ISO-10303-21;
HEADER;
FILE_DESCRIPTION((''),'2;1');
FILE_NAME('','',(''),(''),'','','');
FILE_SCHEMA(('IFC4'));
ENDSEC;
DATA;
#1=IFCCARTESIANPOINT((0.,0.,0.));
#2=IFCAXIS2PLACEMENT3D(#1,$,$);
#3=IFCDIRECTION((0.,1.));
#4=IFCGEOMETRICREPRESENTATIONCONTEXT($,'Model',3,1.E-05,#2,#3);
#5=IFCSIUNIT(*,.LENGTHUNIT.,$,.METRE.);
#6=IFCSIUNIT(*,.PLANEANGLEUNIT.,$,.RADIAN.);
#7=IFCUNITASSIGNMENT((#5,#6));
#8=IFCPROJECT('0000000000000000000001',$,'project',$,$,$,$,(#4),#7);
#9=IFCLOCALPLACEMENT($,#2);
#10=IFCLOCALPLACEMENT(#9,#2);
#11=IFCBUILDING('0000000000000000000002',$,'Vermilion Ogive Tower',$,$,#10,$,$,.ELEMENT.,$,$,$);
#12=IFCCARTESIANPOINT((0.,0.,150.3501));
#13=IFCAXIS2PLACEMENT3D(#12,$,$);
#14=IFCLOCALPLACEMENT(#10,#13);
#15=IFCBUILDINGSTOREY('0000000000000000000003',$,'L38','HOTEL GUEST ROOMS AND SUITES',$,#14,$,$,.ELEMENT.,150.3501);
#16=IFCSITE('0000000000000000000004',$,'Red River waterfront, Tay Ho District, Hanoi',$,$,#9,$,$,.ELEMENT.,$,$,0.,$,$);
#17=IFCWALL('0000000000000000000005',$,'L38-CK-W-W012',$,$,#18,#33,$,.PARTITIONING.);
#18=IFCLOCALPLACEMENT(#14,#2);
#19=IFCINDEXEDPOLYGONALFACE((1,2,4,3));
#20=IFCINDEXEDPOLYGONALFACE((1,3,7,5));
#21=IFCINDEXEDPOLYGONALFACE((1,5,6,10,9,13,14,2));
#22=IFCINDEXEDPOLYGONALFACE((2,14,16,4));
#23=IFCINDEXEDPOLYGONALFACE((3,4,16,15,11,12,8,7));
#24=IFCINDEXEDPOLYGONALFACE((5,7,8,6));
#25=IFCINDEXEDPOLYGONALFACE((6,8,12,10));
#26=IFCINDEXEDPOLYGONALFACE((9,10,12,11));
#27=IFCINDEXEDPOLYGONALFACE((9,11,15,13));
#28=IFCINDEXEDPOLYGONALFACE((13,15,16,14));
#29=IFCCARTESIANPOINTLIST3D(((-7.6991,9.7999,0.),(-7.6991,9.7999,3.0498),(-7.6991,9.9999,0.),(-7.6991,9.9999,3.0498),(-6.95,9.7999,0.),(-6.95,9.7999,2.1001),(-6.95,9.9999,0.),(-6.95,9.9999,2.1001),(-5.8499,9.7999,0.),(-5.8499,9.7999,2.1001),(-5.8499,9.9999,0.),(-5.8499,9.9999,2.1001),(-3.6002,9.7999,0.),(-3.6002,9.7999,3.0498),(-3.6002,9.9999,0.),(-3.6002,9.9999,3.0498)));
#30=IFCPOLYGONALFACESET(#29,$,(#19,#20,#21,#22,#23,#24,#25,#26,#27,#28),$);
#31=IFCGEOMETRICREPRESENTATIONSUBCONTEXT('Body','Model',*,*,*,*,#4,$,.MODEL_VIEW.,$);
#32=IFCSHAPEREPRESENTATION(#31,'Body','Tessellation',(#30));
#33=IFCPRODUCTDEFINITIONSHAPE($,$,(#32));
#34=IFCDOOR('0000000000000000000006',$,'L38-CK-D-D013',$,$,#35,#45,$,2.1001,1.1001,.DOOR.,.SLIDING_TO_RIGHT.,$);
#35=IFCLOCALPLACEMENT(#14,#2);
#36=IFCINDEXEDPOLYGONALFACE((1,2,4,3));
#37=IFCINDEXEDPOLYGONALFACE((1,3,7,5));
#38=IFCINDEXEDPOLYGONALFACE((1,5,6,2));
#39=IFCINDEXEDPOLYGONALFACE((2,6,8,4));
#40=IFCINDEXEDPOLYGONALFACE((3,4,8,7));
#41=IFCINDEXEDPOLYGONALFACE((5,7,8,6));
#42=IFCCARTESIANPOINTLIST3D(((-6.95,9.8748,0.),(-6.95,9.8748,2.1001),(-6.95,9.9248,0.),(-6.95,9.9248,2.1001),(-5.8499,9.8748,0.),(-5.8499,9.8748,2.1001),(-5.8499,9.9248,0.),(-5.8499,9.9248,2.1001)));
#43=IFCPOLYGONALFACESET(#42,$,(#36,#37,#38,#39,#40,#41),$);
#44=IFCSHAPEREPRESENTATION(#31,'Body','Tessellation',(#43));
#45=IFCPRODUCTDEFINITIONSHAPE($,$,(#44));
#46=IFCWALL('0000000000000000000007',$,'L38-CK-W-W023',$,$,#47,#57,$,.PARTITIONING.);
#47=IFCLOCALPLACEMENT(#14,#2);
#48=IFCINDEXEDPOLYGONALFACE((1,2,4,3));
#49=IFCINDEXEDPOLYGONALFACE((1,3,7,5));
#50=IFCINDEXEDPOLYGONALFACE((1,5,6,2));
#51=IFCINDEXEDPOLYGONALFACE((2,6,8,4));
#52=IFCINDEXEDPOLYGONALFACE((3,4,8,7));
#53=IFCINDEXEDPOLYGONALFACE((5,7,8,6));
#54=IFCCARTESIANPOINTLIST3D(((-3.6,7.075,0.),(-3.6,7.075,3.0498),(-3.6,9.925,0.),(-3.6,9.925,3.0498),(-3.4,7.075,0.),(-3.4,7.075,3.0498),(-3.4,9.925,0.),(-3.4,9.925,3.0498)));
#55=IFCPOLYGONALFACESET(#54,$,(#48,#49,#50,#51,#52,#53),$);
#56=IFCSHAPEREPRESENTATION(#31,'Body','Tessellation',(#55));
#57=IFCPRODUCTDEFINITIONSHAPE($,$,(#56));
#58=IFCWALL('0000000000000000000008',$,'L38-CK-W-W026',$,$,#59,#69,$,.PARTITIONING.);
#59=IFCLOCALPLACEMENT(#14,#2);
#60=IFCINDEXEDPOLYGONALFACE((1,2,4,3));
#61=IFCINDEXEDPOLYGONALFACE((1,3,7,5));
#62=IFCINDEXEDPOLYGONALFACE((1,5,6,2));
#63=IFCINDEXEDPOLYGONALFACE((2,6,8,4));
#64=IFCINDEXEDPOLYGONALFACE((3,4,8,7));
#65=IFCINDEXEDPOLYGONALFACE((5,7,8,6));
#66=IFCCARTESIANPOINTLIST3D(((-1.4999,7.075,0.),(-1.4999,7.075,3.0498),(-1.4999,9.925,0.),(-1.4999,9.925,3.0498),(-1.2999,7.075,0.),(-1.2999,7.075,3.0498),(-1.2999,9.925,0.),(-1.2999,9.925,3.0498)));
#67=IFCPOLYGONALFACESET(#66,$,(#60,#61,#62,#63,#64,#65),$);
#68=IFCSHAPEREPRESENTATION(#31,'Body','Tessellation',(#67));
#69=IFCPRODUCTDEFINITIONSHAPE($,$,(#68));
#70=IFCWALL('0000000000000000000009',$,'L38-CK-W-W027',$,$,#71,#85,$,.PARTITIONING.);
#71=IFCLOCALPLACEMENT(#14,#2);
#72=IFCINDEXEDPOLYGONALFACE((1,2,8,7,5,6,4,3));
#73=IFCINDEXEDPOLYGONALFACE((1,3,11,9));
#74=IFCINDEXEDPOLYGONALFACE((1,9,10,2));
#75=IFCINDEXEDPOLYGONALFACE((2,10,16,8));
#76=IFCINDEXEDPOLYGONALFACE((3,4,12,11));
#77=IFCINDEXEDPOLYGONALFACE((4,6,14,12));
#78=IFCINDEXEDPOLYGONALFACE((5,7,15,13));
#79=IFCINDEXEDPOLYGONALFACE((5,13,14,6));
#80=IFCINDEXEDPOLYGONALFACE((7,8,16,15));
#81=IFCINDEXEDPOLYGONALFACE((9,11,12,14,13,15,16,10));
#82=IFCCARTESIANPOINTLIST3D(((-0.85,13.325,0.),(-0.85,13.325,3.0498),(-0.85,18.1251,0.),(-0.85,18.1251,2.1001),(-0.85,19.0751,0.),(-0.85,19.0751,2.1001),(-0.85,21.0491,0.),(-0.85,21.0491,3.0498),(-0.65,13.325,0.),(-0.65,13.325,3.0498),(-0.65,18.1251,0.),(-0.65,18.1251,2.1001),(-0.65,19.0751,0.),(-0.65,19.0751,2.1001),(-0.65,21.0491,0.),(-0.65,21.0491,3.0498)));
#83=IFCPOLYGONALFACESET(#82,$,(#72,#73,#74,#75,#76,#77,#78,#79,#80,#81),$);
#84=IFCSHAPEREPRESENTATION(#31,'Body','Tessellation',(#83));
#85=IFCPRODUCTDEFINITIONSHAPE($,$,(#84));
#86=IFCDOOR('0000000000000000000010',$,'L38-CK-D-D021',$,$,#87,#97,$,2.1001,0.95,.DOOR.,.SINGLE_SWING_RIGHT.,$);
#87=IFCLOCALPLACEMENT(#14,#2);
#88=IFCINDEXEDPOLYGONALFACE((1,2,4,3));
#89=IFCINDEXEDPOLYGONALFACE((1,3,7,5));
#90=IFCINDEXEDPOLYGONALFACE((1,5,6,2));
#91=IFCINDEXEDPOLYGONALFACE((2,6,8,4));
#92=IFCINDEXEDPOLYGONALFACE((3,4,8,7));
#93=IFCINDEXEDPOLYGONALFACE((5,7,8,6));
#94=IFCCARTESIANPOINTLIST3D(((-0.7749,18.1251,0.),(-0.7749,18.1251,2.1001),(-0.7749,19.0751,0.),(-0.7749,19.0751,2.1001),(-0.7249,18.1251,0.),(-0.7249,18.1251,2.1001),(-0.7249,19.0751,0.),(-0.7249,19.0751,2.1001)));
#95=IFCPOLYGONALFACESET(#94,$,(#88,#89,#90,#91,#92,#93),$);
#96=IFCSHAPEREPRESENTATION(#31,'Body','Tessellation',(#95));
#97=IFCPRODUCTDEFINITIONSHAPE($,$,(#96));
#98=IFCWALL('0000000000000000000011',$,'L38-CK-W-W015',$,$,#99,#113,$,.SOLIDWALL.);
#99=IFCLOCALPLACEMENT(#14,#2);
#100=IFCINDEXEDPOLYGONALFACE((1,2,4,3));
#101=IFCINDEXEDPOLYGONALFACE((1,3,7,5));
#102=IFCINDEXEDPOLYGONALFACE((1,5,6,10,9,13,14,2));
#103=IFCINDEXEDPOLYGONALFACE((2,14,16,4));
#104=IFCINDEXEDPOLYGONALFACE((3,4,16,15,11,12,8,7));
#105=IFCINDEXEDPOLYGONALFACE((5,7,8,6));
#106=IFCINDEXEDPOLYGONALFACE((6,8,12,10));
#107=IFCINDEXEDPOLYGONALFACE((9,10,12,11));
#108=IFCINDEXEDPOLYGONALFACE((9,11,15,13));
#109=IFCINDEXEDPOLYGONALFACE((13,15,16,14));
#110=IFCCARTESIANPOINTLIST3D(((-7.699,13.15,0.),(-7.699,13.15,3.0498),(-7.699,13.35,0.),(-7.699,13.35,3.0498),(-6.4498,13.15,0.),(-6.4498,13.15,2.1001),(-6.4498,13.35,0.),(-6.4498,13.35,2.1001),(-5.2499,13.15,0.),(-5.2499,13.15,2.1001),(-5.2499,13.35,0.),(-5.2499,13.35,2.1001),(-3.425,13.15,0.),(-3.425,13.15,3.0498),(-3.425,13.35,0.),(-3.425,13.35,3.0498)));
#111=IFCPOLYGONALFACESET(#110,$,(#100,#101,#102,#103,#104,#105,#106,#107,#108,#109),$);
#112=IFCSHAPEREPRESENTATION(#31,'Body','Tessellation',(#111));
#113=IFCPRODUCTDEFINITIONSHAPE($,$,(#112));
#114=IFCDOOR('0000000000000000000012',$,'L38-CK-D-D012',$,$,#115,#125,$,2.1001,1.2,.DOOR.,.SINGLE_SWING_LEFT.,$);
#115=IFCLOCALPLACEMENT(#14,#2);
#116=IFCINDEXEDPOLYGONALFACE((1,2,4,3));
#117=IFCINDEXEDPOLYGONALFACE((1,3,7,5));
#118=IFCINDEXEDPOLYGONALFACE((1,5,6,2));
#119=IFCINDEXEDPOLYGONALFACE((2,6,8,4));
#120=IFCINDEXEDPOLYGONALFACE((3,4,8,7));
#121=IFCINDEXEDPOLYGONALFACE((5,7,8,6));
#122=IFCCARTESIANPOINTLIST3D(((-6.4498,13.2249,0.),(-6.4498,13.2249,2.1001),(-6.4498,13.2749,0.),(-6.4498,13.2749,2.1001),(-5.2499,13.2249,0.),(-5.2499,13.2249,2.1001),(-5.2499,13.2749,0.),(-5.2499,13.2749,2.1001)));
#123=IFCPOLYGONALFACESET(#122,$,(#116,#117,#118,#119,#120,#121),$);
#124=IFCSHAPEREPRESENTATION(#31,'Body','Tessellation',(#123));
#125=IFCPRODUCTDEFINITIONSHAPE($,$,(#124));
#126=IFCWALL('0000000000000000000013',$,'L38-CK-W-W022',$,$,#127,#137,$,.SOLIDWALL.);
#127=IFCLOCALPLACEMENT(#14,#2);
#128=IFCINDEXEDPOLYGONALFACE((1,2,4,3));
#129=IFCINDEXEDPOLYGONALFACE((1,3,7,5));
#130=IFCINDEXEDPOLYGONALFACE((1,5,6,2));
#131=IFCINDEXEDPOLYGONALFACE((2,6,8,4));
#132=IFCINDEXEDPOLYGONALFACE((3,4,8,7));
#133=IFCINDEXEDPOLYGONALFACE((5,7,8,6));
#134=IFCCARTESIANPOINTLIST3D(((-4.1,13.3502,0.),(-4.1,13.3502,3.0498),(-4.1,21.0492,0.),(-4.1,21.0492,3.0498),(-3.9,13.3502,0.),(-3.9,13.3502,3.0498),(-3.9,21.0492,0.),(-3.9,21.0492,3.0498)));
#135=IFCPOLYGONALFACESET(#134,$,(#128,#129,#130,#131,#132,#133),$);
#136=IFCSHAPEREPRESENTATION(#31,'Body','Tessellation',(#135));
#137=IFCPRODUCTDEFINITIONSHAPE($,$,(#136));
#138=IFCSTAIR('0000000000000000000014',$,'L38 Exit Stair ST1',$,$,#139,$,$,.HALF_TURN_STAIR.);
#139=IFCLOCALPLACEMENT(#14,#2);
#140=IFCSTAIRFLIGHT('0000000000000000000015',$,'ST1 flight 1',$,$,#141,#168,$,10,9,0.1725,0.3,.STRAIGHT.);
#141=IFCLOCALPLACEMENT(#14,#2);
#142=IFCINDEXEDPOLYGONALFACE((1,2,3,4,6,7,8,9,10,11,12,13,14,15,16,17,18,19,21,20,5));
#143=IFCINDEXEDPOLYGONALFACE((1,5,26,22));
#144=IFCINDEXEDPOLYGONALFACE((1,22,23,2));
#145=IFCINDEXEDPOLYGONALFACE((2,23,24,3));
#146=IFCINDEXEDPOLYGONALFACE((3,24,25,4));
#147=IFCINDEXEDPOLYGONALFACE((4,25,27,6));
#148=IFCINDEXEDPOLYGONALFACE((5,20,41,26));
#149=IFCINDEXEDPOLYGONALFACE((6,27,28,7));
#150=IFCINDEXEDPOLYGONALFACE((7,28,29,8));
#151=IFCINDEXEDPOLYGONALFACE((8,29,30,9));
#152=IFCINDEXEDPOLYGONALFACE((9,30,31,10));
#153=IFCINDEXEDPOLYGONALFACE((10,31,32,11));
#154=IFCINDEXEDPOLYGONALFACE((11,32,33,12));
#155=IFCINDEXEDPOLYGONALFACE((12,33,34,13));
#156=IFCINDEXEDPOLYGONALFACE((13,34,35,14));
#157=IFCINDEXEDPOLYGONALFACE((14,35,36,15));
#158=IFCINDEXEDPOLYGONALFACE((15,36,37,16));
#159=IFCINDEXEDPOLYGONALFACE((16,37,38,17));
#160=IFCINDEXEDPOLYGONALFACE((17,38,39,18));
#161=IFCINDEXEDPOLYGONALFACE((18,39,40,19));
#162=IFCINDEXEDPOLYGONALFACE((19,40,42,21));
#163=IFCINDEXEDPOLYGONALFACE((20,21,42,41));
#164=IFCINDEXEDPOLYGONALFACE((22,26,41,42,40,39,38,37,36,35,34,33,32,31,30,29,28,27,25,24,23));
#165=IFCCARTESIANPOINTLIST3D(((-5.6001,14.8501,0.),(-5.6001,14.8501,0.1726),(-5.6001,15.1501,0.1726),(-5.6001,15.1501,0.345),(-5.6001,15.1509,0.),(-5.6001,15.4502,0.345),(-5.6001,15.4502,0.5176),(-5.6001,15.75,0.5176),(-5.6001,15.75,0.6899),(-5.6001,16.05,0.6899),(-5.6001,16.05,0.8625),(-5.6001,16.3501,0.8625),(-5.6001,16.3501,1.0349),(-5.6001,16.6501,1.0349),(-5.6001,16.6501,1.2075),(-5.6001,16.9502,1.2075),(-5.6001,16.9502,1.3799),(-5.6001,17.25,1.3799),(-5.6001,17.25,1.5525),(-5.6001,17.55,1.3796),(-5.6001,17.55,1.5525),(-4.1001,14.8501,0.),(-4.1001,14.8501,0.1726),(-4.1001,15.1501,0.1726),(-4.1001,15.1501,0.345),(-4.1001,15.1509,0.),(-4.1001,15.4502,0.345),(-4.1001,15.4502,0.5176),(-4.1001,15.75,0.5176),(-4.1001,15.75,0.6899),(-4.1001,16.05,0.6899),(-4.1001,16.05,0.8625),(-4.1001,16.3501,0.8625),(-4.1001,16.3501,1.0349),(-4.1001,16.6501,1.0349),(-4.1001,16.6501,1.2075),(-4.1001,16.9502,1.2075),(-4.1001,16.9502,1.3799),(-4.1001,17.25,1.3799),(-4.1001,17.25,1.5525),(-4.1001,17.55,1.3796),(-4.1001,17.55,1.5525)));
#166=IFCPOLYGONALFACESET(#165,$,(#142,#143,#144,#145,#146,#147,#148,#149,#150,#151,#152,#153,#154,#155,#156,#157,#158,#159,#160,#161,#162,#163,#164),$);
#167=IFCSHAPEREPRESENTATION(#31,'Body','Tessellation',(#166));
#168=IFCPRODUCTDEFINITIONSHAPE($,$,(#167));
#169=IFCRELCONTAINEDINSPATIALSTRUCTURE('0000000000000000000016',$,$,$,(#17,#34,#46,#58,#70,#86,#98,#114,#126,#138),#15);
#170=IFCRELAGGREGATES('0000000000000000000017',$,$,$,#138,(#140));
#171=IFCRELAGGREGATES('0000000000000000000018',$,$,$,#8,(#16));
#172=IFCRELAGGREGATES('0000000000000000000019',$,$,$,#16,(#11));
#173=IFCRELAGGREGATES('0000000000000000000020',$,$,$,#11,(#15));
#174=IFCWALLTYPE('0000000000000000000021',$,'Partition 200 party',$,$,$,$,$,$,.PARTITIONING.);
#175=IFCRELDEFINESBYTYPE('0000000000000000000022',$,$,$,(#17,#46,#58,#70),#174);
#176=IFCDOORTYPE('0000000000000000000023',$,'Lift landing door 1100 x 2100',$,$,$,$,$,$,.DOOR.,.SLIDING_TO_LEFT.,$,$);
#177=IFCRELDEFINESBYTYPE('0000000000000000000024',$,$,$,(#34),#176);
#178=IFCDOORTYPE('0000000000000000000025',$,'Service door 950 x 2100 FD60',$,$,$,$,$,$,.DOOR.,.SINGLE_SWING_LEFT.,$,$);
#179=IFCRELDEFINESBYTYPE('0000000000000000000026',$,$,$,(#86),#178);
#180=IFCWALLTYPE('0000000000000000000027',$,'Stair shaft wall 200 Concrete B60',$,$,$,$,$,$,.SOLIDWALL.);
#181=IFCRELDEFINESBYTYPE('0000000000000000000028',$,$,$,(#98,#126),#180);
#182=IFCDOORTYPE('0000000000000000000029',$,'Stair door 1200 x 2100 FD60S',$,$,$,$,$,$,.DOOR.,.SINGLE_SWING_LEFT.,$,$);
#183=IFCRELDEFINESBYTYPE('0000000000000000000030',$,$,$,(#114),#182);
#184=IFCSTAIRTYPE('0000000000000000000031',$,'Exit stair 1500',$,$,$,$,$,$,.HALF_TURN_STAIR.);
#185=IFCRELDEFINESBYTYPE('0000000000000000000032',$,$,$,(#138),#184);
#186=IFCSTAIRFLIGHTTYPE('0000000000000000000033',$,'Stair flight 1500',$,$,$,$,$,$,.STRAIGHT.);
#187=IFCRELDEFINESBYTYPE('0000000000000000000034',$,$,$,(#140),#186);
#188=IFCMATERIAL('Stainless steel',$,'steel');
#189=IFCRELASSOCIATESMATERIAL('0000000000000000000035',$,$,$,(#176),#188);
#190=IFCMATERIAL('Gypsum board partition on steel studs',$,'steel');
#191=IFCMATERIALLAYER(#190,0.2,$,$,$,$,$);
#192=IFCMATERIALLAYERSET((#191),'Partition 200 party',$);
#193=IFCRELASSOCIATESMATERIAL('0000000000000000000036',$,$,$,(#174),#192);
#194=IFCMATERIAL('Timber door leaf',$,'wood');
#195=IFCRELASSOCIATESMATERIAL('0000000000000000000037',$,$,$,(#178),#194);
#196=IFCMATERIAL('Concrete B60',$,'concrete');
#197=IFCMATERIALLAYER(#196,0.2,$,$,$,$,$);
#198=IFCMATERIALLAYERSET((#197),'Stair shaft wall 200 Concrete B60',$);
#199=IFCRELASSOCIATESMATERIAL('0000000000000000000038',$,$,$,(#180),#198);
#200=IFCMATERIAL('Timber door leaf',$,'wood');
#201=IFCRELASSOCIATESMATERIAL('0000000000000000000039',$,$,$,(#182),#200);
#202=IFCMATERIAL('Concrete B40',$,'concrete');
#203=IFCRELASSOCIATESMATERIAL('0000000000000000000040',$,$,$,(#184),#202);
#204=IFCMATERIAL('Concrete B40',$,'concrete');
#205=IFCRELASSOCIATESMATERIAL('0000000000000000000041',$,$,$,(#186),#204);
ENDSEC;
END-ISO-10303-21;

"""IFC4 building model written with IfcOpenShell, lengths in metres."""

from ifc_helpers import new_model, si_unit, direction, frame, frame_2d, origin, place, context, subcontext, project, spatial, polyline, rectangle, outline, extrude, material, layer, layer_set, type_object, element, fill, aggregate, save


model = new_model("IFC4")

# Units and contexts
model_context = context("Model", 3, precision=1e-05, world=origin(), true_north=direction((0.0, 1.0)))
body_context = subcontext(model_context, "Body", "Model", "MODEL_VIEW")
ifc_project = project(units=[si_unit("LENGTHUNIT", "METRE"), si_unit("PLANEANGLEUNIT", "RADIAN")], contexts=[model_context])

# Site, building, storey
site_placement = place(None, origin())
site = spatial("IfcSite", under=ifc_project, at=site_placement, Name="Red River waterfront, Tay Ho District, Hanoi", CompositionType="ELEMENT", RefElevation=0.0)
building_placement = place(site_placement, origin())
building = spatial("IfcBuilding", under=site, at=building_placement, Name="Vermilion Ogive Tower", CompositionType="ELEMENT")
storey_placement = place(building_placement, frame((0.0, 0.0, 150.3501)))
storey = spatial("IfcBuildingStorey", under=building, at=storey_placement, Name="L38", Description="HOTEL GUEST ROOMS AND SUITES", CompositionType="ELEMENT", Elevation=150.3501)

# Shared definitions
ifc_material_1 = material(Name="Stainless steel", Category="steel")
door_type_1 = type_object("IfcDoorType", Name="Lift landing door 1100 x 2100", OperationType="SLIDING_TO_LEFT", PredefinedType="DOOR", material=ifc_material_1)

# Wall, opening, door
ifc_material_2 = material(Name="Gypsum board partition on steel studs", Category="steel")
ifc_layer_1 = layer(ifc_material_2, 0.2)
ifc_layer_set_1 = layer_set([ifc_layer_1], Name="Partition 200 party")
wall_type_1 = type_object("IfcWallType", Name="Partition 200 party", PredefinedType="PARTITIONING", material=ifc_layer_set_1)
wall_1_placement = place(storey_placement, frame((-7.699, 9.8999, 0.0), z_axis=(0.0, 0.0, 1.0), x_axis=(1.0, 0.0, 0.0)))
wall_1 = element("IfcWall", 1, at=wall_1_placement, inside=storey, type_object=wall_type_1, Name="L38-CK-W-W012", PredefinedType="PARTITIONING", context=body_context, shape_type="SweptSolid", body=[
    extrude(rectangle(XDim=4.0989, YDim=0.2, at=frame_2d((2.0493, 0.0))), origin(), (0.0, 0.0, 1.0), 3.0498),
])
opening_1_placement = place(wall_1_placement, frame((0.749, 0.0, 0.0)))
opening_1 = element("IfcOpeningElement", 2, at=opening_1_placement, cuts=wall_1, PredefinedType="OPENING", context=body_context, shape_type="SweptSolid", body=[
    extrude(rectangle(XDim=1.1001, YDim=2.1001, at=frame_2d((0.55, 1.05))), frame((0.0, 0.1099, 0.0), z_axis=(0.0, -1.0, 0.0), x_axis=(1.0, 0.0, 0.0)), (0.0, 0.0, 1.0), 0.22),
])
door_1_placement = place(opening_1_placement, origin())
door_1 = element("IfcDoor", 3, at=door_1_placement, inside=storey, type_object=door_type_1, Name="L38-CK-D-D013", OperationType="SLIDING_TO_RIGHT", OverallHeight=2.1001, OverallWidth=1.1001, PredefinedType="DOOR", context=body_context, shape_type="SweptSolid", body=[
    extrude(rectangle(XDim=1.1001, YDim=2.1001, at=frame_2d((0.55, 1.05))), frame((0.0, 0.0249, 0.0), z_axis=(0.0, -1.0, 0.0), x_axis=(1.0, 0.0, 0.0)), (0.0, 0.0, 1.0), 0.05),
])
fill(opening_1, door_1)

# Walls
for number, where, z_axis, x_axis, name in (
    (4, (-3.5, 7.075, 0.0), (0.0, 0.0, 1.0), (0.0, 1.0, 0.0), "L38-CK-W-W023"),
    (5, (-1.3999, 7.075, 0.0), (0.0, 0.0, 1.0), (0.0, 1.0, 0.0), "L38-CK-W-W026"),
):
    element("IfcWall", number, at=place(storey_placement, frame(where, z_axis=z_axis, x_axis=x_axis)), inside=storey, type_object=wall_type_1, Name=name, PredefinedType="PARTITIONING", context=body_context, shape_type="SweptSolid", body=[
        extrude(rectangle(XDim=2.8501, YDim=0.2, at=frame_2d((1.425, 0.0))), origin(), (0.0, 0.0, 1.0), 3.0498),
    ])

# Walls, openings, doors
wall_2_placement = place(storey_placement, frame((-0.75, 13.325, 0.0), z_axis=(0.0, 0.0, 1.0), x_axis=(0.0, 1.0, 0.0)))
wall_2 = element("IfcWall", 6, at=wall_2_placement, inside=storey, type_object=wall_type_1, Name="L38-CK-W-W027", PredefinedType="PARTITIONING", context=body_context, shape_type="SweptSolid", body=[
    extrude(rectangle(XDim=7.7241, YDim=0.2, at=frame_2d((3.8621, 0.0))), origin(), (0.0, 0.0, 1.0), 3.0498),
])
opening_2_placement = place(wall_2_placement, frame((4.8, 0.0, 0.0)))
opening_2 = element("IfcOpeningElement", 7, at=opening_2_placement, cuts=wall_2, PredefinedType="OPENING", context=body_context, shape_type="SweptSolid", body=[
    extrude(rectangle(XDim=0.95, YDim=2.1001, at=frame_2d((0.4751, 1.05))), frame((0.0, 0.1099, 0.0), z_axis=(0.0, -1.0, 0.0), x_axis=(1.0, 0.0, 0.0)), (0.0, 0.0, 1.0), 0.22),
])
ifc_material_3 = material(Name="Timber door leaf", Category="wood")
door_type_2 = type_object("IfcDoorType", Name="Service door 950 x 2100 FD60", OperationType="SINGLE_SWING_LEFT", PredefinedType="DOOR", material=ifc_material_3)
door_2_placement = place(opening_2_placement, origin())
door_2 = element("IfcDoor", 8, at=door_2_placement, inside=storey, type_object=door_type_2, Name="L38-CK-D-D021", OperationType="SINGLE_SWING_RIGHT", OverallHeight=2.1001, OverallWidth=0.95, PredefinedType="DOOR", context=body_context, shape_type="SweptSolid", body=[
    extrude(rectangle(XDim=0.95, YDim=2.1001, at=frame_2d((0.4751, 1.05))), frame((0.0, 0.0249, 0.0), z_axis=(0.0, -1.0, 0.0), x_axis=(1.0, 0.0, 0.0)), (0.0, 0.0, 1.0), 0.05),
])
fill(opening_2, door_2)
ifc_material_4 = material(Name="Concrete B60", Category="concrete")
ifc_layer_2 = layer(ifc_material_4, 0.2)
ifc_layer_set_2 = layer_set([ifc_layer_2], Name="Stair shaft wall 200 Concrete B60")
wall_type_2 = type_object("IfcWallType", Name="Stair shaft wall 200 Concrete B60", PredefinedType="SOLIDWALL", material=ifc_layer_set_2)
wall_3_placement = place(storey_placement, frame((-7.699, 13.25, 0.0), z_axis=(0.0, 0.0, 1.0), x_axis=(1.0, 0.0, 0.0)))
wall_3 = element("IfcWall", 9, at=wall_3_placement, inside=storey, type_object=wall_type_2, Name="L38-CK-W-W015", PredefinedType="SOLIDWALL", context=body_context, shape_type="SweptSolid", body=[
    extrude(rectangle(XDim=4.2739, YDim=0.2, at=frame_2d((2.137, 0.0))), origin(), (0.0, 0.0, 1.0), 3.0498),
])
opening_3_placement = place(wall_3_placement, frame((1.249, 0.0, 0.0)))
opening_3 = element("IfcOpeningElement", 10, at=opening_3_placement, cuts=wall_3, PredefinedType="OPENING", context=body_context, shape_type="SweptSolid", body=[
    extrude(rectangle(XDim=1.2, YDim=2.1001, at=frame_2d((0.6001, 1.05))), frame((0.0, 0.1099, 0.0), z_axis=(0.0, -1.0, 0.0), x_axis=(1.0, 0.0, 0.0)), (0.0, 0.0, 1.0), 0.22),
])
ifc_material_5 = material(Name="Timber door leaf", Category="wood")
door_type_3 = type_object("IfcDoorType", Name="Stair door 1200 x 2100 FD60S", OperationType="SINGLE_SWING_LEFT", PredefinedType="DOOR", material=ifc_material_5)
door_3_placement = place(opening_3_placement, origin())
door_3 = element("IfcDoor", 11, at=door_3_placement, inside=storey, type_object=door_type_3, Name="L38-CK-D-D012", OperationType="SINGLE_SWING_LEFT", OverallHeight=2.1001, OverallWidth=1.2, PredefinedType="DOOR", context=body_context, shape_type="SweptSolid", body=[
    extrude(rectangle(XDim=1.2, YDim=2.1001, at=frame_2d((0.6001, 1.05))), frame((0.0, 0.0249, 0.0), z_axis=(0.0, -1.0, 0.0), x_axis=(1.0, 0.0, 0.0)), (0.0, 0.0, 1.0), 0.05),
])
fill(opening_3, door_3)

# Wall
wall_4_placement = place(storey_placement, frame((-4.0, 13.3501, 0.0), z_axis=(0.0, 0.0, 1.0), x_axis=(0.0, 1.0, 0.0)))
element("IfcWall", 12, at=wall_4_placement, inside=storey, type_object=wall_type_2, Name="L38-CK-W-W022", PredefinedType="SOLIDWALL", context=body_context, shape_type="SweptSolid", body=[
    extrude(rectangle(XDim=7.699, YDim=0.2, at=frame_2d((3.8496, 0.0))), origin(), (0.0, 0.0, 1.0), 3.0498),
])

# Stair, stair flight
ifc_material_6 = material(Name="Concrete B40", Category="concrete")
stair_type = type_object("IfcStairType", Name="Exit stair 1500", PredefinedType="HALF_TURN_STAIR", material=ifc_material_6)
stair_placement = place(storey_placement, origin())
stair = element("IfcStair", 13, at=stair_placement, inside=storey, type_object=stair_type, Name="L38 Exit Stair ST1", PredefinedType="HALF_TURN_STAIR")
ifc_material_7 = material(Name="Concrete B40", Category="concrete")
stair_flight_type = type_object("IfcStairFlightType", Name="Stair flight 1500", PredefinedType="STRAIGHT", material=ifc_material_7)
stair_flight_placement = place(storey_placement, frame((-4.8501, 14.8501, 0.0), z_axis=(0.0, 0.0, 1.0), x_axis=(0.0, 1.0, 0.0)))
stair_flight = element("IfcStairFlight", 14, at=stair_flight_placement, type_object=stair_flight_type, Name="ST1 flight 1", NumberOfRisers=10, NumberOfTreads=9, PredefinedType="STRAIGHT", RiserHeight=0.1725, TreadLength=0.3, context=body_context, shape_type="SweptSolid", body=[
    extrude(outline(polyline([(0.0, 0.0), (0.0, 0.1726), (0.3, 0.1726), (0.3, 0.345), (0.6001, 0.345), (0.6001, 0.5176), (0.8999, 0.5176), (0.8999, 0.6899), (1.2, 0.6899), (1.2, 0.8625), (1.5, 0.8625), (1.5, 1.0349), (1.8, 1.0349), (1.8, 1.2075), (2.1001, 1.2075), (2.1001, 1.3799), (2.3999, 1.3799), (2.3999, 1.5525), (2.7, 1.5525), (2.7, 1.7251), (2.7, 1.3796), (0.3008, 0.0), (0.0, 0.0)])), frame((0.0, 0.75, 0.0), z_axis=(0.0, -1.0, 0.0), x_axis=(1.0, 0.0, 0.0)), (0.0, 0.0, 1.0), 1.5),
])
aggregate(stair, [stair_flight])

save(model, "model.ifc")
